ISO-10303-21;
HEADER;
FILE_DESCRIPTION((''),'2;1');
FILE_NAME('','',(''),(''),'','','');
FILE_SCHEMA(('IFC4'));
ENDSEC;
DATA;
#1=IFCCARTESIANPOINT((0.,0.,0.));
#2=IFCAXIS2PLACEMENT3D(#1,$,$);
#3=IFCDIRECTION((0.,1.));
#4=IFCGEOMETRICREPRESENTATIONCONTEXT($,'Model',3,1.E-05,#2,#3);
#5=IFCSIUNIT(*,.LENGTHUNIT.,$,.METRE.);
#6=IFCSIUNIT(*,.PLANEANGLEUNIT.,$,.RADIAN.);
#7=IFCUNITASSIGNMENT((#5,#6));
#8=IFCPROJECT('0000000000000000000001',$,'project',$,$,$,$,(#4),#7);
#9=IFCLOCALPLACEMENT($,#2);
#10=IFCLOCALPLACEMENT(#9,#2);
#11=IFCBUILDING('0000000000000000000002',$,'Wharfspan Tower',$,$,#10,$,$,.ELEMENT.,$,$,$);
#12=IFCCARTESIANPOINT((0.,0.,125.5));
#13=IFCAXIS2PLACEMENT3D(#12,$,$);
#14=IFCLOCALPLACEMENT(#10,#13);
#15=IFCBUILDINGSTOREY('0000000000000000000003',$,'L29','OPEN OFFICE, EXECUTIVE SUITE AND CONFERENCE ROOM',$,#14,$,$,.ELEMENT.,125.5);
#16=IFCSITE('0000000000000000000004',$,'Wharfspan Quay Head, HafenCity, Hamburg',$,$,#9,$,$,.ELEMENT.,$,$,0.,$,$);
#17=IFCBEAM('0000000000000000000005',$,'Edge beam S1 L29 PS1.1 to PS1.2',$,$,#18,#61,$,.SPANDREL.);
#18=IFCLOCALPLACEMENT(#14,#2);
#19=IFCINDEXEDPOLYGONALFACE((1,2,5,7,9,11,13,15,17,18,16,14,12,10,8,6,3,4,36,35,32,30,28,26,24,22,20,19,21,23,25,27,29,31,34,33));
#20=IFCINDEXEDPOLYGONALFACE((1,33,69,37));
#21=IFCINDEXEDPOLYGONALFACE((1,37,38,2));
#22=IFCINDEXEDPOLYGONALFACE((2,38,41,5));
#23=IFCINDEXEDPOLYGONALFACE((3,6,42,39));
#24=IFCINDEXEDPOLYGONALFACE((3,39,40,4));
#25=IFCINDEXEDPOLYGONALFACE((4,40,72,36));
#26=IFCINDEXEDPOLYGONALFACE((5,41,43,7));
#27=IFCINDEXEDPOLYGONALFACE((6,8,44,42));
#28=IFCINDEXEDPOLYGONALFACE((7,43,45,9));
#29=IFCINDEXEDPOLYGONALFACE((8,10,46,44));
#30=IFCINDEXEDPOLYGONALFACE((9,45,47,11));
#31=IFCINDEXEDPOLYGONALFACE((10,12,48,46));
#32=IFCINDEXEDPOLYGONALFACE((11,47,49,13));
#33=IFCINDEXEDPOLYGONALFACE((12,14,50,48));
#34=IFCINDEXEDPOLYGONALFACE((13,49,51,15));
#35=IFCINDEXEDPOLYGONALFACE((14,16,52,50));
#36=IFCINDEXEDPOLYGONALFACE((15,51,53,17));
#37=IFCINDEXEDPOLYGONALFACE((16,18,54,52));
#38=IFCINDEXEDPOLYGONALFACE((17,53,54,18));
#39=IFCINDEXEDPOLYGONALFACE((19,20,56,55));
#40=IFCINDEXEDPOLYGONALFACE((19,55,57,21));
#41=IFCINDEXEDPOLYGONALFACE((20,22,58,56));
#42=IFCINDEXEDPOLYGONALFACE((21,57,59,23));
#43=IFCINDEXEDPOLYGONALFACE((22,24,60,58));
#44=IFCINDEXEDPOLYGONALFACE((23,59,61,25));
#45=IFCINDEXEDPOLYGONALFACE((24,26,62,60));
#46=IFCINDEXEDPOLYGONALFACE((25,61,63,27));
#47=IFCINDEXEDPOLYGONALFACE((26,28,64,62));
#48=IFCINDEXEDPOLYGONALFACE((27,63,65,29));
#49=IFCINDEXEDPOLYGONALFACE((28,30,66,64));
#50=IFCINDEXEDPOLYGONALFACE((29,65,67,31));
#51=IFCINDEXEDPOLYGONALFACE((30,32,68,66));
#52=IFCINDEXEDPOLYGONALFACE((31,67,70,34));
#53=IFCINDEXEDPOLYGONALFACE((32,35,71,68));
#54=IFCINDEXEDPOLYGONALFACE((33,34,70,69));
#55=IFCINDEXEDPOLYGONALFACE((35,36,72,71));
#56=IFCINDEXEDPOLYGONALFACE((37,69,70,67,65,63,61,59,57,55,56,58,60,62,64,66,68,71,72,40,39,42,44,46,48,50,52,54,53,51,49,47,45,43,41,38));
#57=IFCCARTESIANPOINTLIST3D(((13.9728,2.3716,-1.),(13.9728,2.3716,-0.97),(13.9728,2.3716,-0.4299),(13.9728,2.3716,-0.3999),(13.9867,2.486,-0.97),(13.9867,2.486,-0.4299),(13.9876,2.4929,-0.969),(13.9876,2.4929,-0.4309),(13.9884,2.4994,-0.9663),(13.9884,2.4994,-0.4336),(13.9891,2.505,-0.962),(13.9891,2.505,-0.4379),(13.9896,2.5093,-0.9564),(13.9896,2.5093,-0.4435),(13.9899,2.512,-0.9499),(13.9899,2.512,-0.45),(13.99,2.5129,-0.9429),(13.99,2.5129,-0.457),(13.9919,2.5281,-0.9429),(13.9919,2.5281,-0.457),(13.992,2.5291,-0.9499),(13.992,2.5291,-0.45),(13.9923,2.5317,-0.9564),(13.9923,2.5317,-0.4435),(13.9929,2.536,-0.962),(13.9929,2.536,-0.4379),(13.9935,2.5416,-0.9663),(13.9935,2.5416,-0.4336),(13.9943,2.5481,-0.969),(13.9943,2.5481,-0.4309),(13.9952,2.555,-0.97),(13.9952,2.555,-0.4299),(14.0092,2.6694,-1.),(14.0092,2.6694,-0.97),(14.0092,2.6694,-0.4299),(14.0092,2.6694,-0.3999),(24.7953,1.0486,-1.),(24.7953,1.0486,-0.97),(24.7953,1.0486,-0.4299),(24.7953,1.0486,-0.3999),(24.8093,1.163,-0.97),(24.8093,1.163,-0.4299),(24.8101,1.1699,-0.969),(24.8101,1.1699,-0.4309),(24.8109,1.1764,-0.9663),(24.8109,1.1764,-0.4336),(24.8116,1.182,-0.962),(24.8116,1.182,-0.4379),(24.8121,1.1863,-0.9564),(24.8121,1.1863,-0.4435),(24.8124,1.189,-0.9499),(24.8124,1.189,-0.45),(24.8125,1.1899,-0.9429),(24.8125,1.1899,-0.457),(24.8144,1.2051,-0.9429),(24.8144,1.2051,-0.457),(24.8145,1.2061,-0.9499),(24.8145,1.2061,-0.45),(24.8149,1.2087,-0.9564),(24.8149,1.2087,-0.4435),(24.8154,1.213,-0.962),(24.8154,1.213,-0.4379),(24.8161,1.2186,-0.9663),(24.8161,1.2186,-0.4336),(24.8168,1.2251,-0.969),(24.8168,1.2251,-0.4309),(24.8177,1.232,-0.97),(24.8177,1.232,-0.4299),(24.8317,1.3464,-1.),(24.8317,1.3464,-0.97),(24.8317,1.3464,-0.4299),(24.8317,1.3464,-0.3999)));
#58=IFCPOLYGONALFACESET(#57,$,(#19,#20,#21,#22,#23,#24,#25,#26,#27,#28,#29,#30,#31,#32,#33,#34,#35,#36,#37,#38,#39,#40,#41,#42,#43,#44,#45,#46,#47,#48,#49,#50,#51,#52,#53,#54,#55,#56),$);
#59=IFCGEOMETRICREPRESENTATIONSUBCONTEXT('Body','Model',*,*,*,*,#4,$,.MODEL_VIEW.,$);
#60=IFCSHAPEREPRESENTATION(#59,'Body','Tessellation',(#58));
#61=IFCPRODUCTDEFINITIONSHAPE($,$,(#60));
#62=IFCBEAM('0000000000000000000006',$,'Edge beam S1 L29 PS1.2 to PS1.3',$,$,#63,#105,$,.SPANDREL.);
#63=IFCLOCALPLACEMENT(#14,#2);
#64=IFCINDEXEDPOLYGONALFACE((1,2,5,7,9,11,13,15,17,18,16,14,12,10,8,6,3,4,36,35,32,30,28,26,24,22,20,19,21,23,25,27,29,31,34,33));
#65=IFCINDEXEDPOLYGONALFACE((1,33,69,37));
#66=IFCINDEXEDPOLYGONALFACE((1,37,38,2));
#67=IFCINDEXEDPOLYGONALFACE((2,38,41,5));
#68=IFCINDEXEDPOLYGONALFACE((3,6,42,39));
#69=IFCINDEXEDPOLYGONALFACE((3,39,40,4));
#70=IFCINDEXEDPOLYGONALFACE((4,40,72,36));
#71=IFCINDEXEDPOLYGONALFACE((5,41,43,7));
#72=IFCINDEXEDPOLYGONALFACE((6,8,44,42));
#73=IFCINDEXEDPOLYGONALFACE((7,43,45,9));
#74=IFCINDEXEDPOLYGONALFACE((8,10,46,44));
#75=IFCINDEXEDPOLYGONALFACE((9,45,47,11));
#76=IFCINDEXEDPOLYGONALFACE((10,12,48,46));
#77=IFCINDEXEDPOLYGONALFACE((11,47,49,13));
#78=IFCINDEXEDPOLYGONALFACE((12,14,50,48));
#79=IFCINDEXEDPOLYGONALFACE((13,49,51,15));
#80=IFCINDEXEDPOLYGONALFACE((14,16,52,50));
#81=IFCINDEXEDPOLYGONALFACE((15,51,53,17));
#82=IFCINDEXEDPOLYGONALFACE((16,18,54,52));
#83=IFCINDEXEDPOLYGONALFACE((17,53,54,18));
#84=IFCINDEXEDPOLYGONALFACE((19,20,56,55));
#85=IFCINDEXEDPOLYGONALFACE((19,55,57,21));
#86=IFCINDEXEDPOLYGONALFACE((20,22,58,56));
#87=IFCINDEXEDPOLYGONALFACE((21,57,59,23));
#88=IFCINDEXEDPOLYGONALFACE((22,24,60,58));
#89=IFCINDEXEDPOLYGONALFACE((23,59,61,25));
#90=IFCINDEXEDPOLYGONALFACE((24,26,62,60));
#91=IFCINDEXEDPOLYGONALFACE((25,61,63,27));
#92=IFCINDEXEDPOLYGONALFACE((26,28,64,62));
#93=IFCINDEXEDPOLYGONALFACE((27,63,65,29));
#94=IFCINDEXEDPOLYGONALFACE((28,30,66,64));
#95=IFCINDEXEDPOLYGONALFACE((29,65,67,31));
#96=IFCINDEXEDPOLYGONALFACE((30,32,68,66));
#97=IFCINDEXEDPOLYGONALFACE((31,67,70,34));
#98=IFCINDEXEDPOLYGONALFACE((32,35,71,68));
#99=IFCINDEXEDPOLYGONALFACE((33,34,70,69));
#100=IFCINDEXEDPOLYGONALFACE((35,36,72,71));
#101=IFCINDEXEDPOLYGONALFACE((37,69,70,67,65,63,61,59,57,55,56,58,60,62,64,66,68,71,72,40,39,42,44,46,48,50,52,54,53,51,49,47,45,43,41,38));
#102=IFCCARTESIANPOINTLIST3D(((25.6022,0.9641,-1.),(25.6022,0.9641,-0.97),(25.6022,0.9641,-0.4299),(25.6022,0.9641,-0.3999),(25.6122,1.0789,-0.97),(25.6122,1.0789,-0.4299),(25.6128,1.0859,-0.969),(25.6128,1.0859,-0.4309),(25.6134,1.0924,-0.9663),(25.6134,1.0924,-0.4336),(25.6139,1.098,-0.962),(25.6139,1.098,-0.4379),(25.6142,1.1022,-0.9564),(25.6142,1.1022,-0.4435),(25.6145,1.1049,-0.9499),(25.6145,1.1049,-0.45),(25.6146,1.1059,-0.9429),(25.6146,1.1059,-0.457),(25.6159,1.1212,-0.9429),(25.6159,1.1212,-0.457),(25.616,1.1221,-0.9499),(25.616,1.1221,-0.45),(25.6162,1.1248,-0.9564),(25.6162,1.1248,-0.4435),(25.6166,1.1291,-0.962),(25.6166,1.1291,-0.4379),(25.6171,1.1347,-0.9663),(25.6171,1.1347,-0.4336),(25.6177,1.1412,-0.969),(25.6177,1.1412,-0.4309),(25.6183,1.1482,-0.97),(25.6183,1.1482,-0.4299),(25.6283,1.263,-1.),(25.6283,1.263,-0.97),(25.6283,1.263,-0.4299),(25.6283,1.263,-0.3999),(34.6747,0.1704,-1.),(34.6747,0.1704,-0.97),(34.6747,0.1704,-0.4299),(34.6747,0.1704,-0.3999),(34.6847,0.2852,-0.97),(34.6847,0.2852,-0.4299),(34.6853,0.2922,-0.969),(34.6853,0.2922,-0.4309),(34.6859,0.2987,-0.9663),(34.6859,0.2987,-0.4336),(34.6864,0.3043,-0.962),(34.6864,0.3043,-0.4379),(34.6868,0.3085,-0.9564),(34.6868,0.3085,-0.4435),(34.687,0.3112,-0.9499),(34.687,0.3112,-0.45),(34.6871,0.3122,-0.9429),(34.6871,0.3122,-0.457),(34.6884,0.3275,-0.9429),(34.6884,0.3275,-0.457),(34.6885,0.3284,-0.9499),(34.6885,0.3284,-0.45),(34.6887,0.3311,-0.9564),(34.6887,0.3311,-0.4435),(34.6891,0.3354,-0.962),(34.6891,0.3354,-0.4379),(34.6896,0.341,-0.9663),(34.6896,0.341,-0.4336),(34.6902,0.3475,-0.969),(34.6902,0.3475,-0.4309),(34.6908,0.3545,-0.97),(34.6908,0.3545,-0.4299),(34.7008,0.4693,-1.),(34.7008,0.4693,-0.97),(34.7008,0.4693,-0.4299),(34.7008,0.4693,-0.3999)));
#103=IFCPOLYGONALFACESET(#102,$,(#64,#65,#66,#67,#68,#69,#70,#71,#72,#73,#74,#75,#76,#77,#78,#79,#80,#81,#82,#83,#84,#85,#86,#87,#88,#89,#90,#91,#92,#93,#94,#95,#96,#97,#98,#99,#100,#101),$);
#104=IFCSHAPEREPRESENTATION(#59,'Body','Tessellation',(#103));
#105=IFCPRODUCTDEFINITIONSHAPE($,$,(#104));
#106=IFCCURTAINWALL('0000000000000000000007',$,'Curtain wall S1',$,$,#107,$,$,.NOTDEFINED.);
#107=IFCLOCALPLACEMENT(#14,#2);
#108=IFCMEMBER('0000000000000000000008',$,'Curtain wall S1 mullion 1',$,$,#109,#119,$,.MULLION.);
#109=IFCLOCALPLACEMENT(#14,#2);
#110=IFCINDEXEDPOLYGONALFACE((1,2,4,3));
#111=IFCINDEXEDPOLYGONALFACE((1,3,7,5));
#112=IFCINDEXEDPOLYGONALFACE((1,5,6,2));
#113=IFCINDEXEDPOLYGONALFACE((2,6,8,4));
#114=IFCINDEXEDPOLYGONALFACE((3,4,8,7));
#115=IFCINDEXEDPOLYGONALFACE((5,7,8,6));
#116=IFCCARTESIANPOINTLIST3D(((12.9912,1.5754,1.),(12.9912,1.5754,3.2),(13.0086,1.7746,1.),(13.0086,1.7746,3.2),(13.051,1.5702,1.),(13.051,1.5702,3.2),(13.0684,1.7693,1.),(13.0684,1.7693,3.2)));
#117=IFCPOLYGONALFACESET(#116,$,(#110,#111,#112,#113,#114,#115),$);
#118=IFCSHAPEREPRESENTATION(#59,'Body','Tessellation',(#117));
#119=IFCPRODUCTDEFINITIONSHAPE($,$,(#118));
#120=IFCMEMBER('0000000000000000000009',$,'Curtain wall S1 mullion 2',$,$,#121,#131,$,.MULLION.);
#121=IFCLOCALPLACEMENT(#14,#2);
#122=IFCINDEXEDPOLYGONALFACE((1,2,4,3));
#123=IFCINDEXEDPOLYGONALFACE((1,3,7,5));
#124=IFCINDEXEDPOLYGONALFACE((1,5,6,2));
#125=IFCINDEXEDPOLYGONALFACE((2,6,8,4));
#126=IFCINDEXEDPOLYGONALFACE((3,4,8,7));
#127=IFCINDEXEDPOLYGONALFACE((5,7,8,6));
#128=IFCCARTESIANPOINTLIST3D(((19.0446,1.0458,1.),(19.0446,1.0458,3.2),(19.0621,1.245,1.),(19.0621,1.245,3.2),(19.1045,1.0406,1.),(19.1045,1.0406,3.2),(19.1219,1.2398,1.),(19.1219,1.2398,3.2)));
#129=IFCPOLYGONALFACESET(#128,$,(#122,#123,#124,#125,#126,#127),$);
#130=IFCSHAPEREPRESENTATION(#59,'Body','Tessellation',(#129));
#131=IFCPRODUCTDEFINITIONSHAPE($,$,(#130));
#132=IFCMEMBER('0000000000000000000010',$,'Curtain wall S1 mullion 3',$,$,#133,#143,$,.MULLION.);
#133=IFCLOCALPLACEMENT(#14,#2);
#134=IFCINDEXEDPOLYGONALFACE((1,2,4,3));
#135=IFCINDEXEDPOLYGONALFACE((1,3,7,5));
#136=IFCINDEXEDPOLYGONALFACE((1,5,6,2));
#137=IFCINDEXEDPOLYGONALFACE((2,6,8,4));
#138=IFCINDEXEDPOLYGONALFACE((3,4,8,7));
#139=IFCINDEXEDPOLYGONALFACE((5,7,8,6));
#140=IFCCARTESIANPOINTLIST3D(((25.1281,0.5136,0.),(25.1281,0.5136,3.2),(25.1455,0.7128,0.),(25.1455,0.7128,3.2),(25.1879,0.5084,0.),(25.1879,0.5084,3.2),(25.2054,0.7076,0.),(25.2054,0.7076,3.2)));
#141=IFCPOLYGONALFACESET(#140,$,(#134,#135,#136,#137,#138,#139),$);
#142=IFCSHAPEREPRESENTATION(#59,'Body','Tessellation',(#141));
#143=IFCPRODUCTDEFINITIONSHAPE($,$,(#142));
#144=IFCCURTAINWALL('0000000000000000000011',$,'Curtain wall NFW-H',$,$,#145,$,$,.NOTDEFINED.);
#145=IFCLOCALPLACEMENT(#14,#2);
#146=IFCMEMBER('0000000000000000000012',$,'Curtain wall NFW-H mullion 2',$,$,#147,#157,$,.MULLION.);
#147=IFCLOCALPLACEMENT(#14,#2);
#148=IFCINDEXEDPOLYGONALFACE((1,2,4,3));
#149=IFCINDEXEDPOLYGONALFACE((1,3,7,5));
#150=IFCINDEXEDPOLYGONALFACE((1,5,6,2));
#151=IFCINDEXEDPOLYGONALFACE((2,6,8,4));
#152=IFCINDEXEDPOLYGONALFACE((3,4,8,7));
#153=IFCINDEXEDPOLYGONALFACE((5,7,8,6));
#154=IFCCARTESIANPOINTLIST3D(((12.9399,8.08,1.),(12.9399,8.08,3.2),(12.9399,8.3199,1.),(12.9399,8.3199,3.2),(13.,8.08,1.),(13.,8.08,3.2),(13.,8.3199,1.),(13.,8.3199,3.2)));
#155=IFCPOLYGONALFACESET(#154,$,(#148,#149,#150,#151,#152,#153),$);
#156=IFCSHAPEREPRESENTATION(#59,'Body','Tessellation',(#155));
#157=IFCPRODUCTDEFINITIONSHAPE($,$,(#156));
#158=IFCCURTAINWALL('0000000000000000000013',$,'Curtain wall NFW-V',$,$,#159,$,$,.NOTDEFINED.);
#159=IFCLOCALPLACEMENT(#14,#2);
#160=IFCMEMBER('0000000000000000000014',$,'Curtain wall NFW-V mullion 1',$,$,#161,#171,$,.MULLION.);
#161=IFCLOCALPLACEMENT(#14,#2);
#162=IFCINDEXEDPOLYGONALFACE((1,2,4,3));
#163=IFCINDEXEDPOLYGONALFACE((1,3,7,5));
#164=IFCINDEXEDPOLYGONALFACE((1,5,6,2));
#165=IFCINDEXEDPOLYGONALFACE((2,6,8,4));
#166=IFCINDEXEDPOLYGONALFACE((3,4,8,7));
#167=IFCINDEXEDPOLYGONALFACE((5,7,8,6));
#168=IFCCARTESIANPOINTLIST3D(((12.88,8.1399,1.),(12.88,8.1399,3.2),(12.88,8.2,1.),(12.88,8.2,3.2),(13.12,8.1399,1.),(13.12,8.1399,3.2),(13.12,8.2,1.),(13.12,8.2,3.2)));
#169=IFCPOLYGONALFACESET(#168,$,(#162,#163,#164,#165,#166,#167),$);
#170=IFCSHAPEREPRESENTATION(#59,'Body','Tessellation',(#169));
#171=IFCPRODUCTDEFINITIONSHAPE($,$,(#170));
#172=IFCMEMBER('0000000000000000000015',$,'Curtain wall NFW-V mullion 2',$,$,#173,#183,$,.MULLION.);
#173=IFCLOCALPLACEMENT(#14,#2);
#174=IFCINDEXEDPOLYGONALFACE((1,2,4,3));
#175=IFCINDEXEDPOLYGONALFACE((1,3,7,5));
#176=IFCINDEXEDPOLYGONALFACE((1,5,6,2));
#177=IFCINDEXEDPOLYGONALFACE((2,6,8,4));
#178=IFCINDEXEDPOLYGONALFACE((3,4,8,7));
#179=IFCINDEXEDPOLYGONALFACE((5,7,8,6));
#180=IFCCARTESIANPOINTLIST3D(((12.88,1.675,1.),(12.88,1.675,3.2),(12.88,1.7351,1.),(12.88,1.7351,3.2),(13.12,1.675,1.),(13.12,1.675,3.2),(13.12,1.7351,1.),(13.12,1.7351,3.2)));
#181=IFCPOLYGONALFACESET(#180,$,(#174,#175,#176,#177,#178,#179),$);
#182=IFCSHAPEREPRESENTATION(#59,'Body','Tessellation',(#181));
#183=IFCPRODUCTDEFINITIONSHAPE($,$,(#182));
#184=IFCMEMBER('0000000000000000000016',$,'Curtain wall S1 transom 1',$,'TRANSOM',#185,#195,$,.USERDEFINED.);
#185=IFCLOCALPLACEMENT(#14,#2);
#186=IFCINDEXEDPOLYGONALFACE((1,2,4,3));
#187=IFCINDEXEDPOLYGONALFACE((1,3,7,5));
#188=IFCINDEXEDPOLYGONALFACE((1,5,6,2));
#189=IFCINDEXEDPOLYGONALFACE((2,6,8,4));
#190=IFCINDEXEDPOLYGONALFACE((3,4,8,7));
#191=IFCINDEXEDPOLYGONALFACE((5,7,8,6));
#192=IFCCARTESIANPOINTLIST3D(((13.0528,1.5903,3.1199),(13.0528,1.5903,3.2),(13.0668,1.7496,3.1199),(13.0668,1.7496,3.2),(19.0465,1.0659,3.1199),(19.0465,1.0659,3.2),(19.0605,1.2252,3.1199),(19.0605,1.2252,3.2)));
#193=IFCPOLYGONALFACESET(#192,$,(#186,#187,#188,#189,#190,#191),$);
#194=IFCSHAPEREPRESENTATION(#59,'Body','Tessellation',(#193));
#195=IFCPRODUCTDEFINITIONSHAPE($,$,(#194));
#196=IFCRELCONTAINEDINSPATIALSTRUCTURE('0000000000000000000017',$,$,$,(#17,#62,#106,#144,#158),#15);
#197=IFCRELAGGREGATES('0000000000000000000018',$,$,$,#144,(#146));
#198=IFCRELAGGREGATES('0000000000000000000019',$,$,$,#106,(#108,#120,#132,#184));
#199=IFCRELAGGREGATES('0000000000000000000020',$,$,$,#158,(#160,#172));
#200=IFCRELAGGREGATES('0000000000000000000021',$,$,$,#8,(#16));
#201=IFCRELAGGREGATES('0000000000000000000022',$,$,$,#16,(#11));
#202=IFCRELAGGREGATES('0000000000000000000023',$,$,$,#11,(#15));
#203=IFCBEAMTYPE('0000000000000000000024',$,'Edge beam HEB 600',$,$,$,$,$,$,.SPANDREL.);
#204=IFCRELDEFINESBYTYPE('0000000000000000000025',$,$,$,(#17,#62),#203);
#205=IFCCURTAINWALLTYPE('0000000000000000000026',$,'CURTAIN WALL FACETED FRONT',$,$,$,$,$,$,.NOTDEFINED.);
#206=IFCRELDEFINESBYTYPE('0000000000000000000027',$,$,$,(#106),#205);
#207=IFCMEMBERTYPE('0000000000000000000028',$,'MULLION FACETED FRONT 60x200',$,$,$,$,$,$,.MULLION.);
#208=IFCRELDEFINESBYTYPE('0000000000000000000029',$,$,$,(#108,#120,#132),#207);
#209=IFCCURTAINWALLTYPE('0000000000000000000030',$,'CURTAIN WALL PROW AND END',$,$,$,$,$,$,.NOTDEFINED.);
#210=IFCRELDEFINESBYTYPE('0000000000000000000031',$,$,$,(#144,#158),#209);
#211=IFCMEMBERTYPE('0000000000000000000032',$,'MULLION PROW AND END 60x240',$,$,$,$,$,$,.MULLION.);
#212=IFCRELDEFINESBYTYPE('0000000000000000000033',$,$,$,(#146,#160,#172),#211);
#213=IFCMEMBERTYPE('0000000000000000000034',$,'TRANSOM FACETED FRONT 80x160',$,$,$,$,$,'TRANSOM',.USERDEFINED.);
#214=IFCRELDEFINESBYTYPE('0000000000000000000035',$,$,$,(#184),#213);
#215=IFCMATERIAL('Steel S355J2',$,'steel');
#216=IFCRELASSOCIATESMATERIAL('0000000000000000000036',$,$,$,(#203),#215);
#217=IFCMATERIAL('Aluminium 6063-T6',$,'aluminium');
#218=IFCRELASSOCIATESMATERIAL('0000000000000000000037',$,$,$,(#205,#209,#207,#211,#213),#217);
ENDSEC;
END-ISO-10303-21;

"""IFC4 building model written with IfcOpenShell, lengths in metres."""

from ifc_helpers import new_model, si_unit, direction, frame, origin, origin_2d, place, context, subcontext, project, spatial, rectangle, i_section, extrude, material, material_profile, profile_set, type_object, element, aggregate, save


model = new_model("IFC4")

# Units and contexts
model_context = context("Model", 3, precision=1e-05, world=origin(), true_north=direction((0.0, 1.0)))
body_context = subcontext(model_context, "Body", "Model", "MODEL_VIEW")
ifc_project = project(units=[si_unit("LENGTHUNIT", "METRE"), si_unit("PLANEANGLEUNIT", "RADIAN")], contexts=[model_context])

# Site, building, storey
site_placement = place(None, origin())
site = spatial("IfcSite", under=ifc_project, at=site_placement, Name="Wharfspan Quay Head, HafenCity, Hamburg", CompositionType="ELEMENT", RefElevation=0.0)
building_placement = place(site_placement, origin())
building = spatial("IfcBuilding", under=site, at=building_placement, Name="Wharfspan Tower", CompositionType="ELEMENT")
storey_placement = place(building_placement, frame((0.0, 0.0, 125.5)))
storey = spatial("IfcBuildingStorey", under=building, at=storey_placement, Name="L29", Description="OPEN OFFICE, EXECUTIVE SUITE AND CONFERENCE ROOM", CompositionType="ELEMENT", Elevation=125.5)

# Shared definitions
ifc_material_1 = material(Name="Steel S355J2", Category="steel")

# Beams
ifc_material_profile_1 = material_profile(ifc_material_1, i_section(OverallWidth=0.3, OverallDepth=0.6001, WebThickness=0.0154, FlangeThickness=0.03, FilletRadius=0.0271, at=origin_2d()))
ifc_profile_set_1 = profile_set([ifc_material_profile_1], Name="Steel S355J2")
beam_type = type_object("IfcBeamType", Name="Edge beam HEB 600", PredefinedType="SPANDREL", material=ifc_profile_set_1)
beam_1_placement = place(storey_placement, frame((13.991, 2.5205, -0.7), z_axis=(0.992611, -0.121342, 0.0), x_axis=(0.121342, 0.992611, 0.0)))
element("IfcBeam", 1, at=beam_1_placement, inside=storey, type_object=beam_type, Name="Edge beam S1 L29 PS1.1 to PS1.2", PredefinedType="SPANDREL", context=body_context, shape_type="SweptSolid", body=[
    extrude(i_section(OverallWidth=0.3, OverallDepth=0.6001, WebThickness=0.0154, FlangeThickness=0.03, FilletRadius=0.0271, at=origin_2d()), origin(), (0.0, 0.0, 1.0), 10.9031),
])
beam_2_placement = place(storey_placement, frame((25.6152, 1.1135, -0.7), z_axis=(0.996195, -0.087151, 0.0), x_axis=(0.087151, 0.996195, 0.0)))
element("IfcBeam", 2, at=beam_2_placement, inside=storey, type_object=beam_type, Name="Edge beam S1 L29 PS1.2 to PS1.3", PredefinedType="SPANDREL", context=body_context, shape_type="SweptSolid", body=[
    extrude(i_section(OverallWidth=0.3, OverallDepth=0.6001, WebThickness=0.0154, FlangeThickness=0.03, FilletRadius=0.0271, at=origin_2d()), origin(), (0.0, 0.0, 1.0), 9.1072),
])

# Curtain wall, members
ifc_material_2 = material(Name="Aluminium 6063-T6", Category="aluminium")
curtain_wall_type_1 = type_object("IfcCurtainWallType", Name="CURTAIN WALL FACETED FRONT", PredefinedType="NOTDEFINED", material=ifc_material_2)
curtain_wall_1_placement = place(storey_placement, origin())
curtain_wall_1 = element("IfcCurtainWall", 3, at=curtain_wall_1_placement, inside=storey, type_object=curtain_wall_type_1, Name="Curtain wall S1", PredefinedType="NOTDEFINED")
ifc_material_profile_2 = material_profile(ifc_material_2, rectangle(XDim=0.2, YDim=0.0601, at=origin_2d()))
ifc_profile_set_2 = profile_set([ifc_material_profile_2], Name="Aluminium 6063-T6")
member_type_1 = type_object("IfcMemberType", Name="MULLION FACETED FRONT 60x200", PredefinedType="MULLION", material=ifc_profile_set_2)
member_1_placement = place(storey_placement, frame((13.0298, 1.6724, 1.0), z_axis=(0.0, 0.0, 1.0), x_axis=(0.087156, 0.996198, 0.0)))
member_1 = element("IfcMember", 4, at=member_1_placement, type_object=member_type_1, Name="Curtain wall S1 mullion 1", PredefinedType="MULLION", context=body_context, shape_type="SweptSolid", body=[
    extrude(rectangle(XDim=0.2, YDim=0.0601, at=origin_2d()), origin(), (0.0, 0.0, 1.0), 2.2),
])
member_2_placement = place(storey_placement, frame((19.0833, 1.1428, 1.0), z_axis=(0.0, 0.0, 1.0), x_axis=(0.087156, 0.996198, 0.0)))
member_2 = element("IfcMember", 5, at=member_2_placement, type_object=member_type_1, Name="Curtain wall S1 mullion 2", PredefinedType="MULLION", context=body_context, shape_type="SweptSolid", body=[
    extrude(rectangle(XDim=0.2, YDim=0.0601, at=origin_2d()), origin(), (0.0, 0.0, 1.0), 2.2),
])
member_3_placement = place(storey_placement, frame((25.1667, 0.6106, 0.0), z_axis=(0.0, 0.0, 1.0), x_axis=(0.087156, 0.996198, 0.0)))
member_3 = element("IfcMember", 6, at=member_3_placement, type_object=member_type_1, Name="Curtain wall S1 mullion 3", PredefinedType="MULLION", context=body_context, shape_type="SweptSolid", body=[
    extrude(rectangle(XDim=0.2, YDim=0.0601, at=origin_2d()), origin(), (0.0, 0.0, 1.0), 3.2),
])

# Curtain wall, member
curtain_wall_type_2 = type_object("IfcCurtainWallType", Name="CURTAIN WALL PROW AND END", PredefinedType="NOTDEFINED", material=ifc_material_2)
curtain_wall_2_placement = place(storey_placement, origin())
curtain_wall_2 = element("IfcCurtainWall", 7, at=curtain_wall_2_placement, inside=storey, type_object=curtain_wall_type_2, Name="Curtain wall NFW-H", PredefinedType="NOTDEFINED")
ifc_material_profile_3 = material_profile(ifc_material_2, rectangle(XDim=0.24, YDim=0.0601, at=origin_2d()))
ifc_profile_set_3 = profile_set([ifc_material_profile_3], Name="Aluminium 6063-T6")
member_type_2 = type_object("IfcMemberType", Name="MULLION PROW AND END 60x240", PredefinedType="MULLION", material=ifc_profile_set_3)
member_4_placement = place(storey_placement, frame((12.97, 8.2, 1.0), z_axis=(0.0, 0.0, 1.0), x_axis=(0.0, 1.0, 0.0)))
member_4 = element("IfcMember", 8, at=member_4_placement, type_object=member_type_2, Name="Curtain wall NFW-H mullion 2", PredefinedType="MULLION", context=body_context, shape_type="SweptSolid", body=[
    extrude(rectangle(XDim=0.24, YDim=0.0601, at=origin_2d()), origin(), (0.0, 0.0, 1.0), 2.2),
])
aggregate(curtain_wall_2, [member_4])

# Curtain wall, members
curtain_wall_3_placement = place(storey_placement, origin())
curtain_wall_3 = element("IfcCurtainWall", 9, at=curtain_wall_3_placement, inside=storey, type_object=curtain_wall_type_2, Name="Curtain wall NFW-V", PredefinedType="NOTDEFINED")
member_5_placement = place(storey_placement, frame((13.0, 8.1699, 1.0), z_axis=(0.0, 0.0, 1.0), x_axis=(1.0, 0.0, 0.0)))
member_5 = element("IfcMember", 10, at=member_5_placement, type_object=member_type_2, Name="Curtain wall NFW-V mullion 1", PredefinedType="MULLION", context=body_context, shape_type="SweptSolid", body=[
    extrude(rectangle(XDim=0.24, YDim=0.0601, at=origin_2d()), origin(), (0.0, 0.0, 1.0), 2.2),
])
member_6_placement = place(storey_placement, frame((13.0, 1.7051, 1.0), z_axis=(0.0, 0.0, 1.0), x_axis=(1.0, 0.0, 0.0)))
member_6 = element("IfcMember", 11, at=member_6_placement, type_object=member_type_2, Name="Curtain wall NFW-V mullion 2", PredefinedType="MULLION", context=body_context, shape_type="SweptSolid", body=[
    extrude(rectangle(XDim=0.24, YDim=0.0601, at=origin_2d()), origin(), (0.0, 0.0, 1.0), 2.2),
])

# Member
ifc_material_profile_4 = material_profile(ifc_material_2, rectangle(XDim=0.1599, YDim=0.0801, at=origin_2d()))
ifc_profile_set_4 = profile_set([ifc_material_profile_4], Name="Aluminium 6063-T6")
member_type_3 = type_object("IfcMemberType", Name="TRANSOM FACETED FRONT 80x160", ElementType="TRANSOM", PredefinedType="USERDEFINED", material=ifc_profile_set_4)
member_7_placement = place(storey_placement, frame((13.0598, 1.6699, 3.1599), z_axis=(0.996194, -0.087162, 0.0), x_axis=(0.087162, 0.996194, 0.0)))
member_7 = element("IfcMember", 12, at=member_7_placement, type_object=member_type_3, Name="Curtain wall S1 transom 1", ObjectType="TRANSOM", PredefinedType="USERDEFINED", context=body_context, shape_type="SweptSolid", body=[
    extrude(rectangle(XDim=0.1599, YDim=0.0801, at=origin_2d()), origin(), (0.0, 0.0, 1.0), 6.0166),
])

aggregate(curtain_wall_1, [member_1, member_2, member_3, member_7])
aggregate(curtain_wall_3, [member_5, member_6])

save(model, "model.ifc")
